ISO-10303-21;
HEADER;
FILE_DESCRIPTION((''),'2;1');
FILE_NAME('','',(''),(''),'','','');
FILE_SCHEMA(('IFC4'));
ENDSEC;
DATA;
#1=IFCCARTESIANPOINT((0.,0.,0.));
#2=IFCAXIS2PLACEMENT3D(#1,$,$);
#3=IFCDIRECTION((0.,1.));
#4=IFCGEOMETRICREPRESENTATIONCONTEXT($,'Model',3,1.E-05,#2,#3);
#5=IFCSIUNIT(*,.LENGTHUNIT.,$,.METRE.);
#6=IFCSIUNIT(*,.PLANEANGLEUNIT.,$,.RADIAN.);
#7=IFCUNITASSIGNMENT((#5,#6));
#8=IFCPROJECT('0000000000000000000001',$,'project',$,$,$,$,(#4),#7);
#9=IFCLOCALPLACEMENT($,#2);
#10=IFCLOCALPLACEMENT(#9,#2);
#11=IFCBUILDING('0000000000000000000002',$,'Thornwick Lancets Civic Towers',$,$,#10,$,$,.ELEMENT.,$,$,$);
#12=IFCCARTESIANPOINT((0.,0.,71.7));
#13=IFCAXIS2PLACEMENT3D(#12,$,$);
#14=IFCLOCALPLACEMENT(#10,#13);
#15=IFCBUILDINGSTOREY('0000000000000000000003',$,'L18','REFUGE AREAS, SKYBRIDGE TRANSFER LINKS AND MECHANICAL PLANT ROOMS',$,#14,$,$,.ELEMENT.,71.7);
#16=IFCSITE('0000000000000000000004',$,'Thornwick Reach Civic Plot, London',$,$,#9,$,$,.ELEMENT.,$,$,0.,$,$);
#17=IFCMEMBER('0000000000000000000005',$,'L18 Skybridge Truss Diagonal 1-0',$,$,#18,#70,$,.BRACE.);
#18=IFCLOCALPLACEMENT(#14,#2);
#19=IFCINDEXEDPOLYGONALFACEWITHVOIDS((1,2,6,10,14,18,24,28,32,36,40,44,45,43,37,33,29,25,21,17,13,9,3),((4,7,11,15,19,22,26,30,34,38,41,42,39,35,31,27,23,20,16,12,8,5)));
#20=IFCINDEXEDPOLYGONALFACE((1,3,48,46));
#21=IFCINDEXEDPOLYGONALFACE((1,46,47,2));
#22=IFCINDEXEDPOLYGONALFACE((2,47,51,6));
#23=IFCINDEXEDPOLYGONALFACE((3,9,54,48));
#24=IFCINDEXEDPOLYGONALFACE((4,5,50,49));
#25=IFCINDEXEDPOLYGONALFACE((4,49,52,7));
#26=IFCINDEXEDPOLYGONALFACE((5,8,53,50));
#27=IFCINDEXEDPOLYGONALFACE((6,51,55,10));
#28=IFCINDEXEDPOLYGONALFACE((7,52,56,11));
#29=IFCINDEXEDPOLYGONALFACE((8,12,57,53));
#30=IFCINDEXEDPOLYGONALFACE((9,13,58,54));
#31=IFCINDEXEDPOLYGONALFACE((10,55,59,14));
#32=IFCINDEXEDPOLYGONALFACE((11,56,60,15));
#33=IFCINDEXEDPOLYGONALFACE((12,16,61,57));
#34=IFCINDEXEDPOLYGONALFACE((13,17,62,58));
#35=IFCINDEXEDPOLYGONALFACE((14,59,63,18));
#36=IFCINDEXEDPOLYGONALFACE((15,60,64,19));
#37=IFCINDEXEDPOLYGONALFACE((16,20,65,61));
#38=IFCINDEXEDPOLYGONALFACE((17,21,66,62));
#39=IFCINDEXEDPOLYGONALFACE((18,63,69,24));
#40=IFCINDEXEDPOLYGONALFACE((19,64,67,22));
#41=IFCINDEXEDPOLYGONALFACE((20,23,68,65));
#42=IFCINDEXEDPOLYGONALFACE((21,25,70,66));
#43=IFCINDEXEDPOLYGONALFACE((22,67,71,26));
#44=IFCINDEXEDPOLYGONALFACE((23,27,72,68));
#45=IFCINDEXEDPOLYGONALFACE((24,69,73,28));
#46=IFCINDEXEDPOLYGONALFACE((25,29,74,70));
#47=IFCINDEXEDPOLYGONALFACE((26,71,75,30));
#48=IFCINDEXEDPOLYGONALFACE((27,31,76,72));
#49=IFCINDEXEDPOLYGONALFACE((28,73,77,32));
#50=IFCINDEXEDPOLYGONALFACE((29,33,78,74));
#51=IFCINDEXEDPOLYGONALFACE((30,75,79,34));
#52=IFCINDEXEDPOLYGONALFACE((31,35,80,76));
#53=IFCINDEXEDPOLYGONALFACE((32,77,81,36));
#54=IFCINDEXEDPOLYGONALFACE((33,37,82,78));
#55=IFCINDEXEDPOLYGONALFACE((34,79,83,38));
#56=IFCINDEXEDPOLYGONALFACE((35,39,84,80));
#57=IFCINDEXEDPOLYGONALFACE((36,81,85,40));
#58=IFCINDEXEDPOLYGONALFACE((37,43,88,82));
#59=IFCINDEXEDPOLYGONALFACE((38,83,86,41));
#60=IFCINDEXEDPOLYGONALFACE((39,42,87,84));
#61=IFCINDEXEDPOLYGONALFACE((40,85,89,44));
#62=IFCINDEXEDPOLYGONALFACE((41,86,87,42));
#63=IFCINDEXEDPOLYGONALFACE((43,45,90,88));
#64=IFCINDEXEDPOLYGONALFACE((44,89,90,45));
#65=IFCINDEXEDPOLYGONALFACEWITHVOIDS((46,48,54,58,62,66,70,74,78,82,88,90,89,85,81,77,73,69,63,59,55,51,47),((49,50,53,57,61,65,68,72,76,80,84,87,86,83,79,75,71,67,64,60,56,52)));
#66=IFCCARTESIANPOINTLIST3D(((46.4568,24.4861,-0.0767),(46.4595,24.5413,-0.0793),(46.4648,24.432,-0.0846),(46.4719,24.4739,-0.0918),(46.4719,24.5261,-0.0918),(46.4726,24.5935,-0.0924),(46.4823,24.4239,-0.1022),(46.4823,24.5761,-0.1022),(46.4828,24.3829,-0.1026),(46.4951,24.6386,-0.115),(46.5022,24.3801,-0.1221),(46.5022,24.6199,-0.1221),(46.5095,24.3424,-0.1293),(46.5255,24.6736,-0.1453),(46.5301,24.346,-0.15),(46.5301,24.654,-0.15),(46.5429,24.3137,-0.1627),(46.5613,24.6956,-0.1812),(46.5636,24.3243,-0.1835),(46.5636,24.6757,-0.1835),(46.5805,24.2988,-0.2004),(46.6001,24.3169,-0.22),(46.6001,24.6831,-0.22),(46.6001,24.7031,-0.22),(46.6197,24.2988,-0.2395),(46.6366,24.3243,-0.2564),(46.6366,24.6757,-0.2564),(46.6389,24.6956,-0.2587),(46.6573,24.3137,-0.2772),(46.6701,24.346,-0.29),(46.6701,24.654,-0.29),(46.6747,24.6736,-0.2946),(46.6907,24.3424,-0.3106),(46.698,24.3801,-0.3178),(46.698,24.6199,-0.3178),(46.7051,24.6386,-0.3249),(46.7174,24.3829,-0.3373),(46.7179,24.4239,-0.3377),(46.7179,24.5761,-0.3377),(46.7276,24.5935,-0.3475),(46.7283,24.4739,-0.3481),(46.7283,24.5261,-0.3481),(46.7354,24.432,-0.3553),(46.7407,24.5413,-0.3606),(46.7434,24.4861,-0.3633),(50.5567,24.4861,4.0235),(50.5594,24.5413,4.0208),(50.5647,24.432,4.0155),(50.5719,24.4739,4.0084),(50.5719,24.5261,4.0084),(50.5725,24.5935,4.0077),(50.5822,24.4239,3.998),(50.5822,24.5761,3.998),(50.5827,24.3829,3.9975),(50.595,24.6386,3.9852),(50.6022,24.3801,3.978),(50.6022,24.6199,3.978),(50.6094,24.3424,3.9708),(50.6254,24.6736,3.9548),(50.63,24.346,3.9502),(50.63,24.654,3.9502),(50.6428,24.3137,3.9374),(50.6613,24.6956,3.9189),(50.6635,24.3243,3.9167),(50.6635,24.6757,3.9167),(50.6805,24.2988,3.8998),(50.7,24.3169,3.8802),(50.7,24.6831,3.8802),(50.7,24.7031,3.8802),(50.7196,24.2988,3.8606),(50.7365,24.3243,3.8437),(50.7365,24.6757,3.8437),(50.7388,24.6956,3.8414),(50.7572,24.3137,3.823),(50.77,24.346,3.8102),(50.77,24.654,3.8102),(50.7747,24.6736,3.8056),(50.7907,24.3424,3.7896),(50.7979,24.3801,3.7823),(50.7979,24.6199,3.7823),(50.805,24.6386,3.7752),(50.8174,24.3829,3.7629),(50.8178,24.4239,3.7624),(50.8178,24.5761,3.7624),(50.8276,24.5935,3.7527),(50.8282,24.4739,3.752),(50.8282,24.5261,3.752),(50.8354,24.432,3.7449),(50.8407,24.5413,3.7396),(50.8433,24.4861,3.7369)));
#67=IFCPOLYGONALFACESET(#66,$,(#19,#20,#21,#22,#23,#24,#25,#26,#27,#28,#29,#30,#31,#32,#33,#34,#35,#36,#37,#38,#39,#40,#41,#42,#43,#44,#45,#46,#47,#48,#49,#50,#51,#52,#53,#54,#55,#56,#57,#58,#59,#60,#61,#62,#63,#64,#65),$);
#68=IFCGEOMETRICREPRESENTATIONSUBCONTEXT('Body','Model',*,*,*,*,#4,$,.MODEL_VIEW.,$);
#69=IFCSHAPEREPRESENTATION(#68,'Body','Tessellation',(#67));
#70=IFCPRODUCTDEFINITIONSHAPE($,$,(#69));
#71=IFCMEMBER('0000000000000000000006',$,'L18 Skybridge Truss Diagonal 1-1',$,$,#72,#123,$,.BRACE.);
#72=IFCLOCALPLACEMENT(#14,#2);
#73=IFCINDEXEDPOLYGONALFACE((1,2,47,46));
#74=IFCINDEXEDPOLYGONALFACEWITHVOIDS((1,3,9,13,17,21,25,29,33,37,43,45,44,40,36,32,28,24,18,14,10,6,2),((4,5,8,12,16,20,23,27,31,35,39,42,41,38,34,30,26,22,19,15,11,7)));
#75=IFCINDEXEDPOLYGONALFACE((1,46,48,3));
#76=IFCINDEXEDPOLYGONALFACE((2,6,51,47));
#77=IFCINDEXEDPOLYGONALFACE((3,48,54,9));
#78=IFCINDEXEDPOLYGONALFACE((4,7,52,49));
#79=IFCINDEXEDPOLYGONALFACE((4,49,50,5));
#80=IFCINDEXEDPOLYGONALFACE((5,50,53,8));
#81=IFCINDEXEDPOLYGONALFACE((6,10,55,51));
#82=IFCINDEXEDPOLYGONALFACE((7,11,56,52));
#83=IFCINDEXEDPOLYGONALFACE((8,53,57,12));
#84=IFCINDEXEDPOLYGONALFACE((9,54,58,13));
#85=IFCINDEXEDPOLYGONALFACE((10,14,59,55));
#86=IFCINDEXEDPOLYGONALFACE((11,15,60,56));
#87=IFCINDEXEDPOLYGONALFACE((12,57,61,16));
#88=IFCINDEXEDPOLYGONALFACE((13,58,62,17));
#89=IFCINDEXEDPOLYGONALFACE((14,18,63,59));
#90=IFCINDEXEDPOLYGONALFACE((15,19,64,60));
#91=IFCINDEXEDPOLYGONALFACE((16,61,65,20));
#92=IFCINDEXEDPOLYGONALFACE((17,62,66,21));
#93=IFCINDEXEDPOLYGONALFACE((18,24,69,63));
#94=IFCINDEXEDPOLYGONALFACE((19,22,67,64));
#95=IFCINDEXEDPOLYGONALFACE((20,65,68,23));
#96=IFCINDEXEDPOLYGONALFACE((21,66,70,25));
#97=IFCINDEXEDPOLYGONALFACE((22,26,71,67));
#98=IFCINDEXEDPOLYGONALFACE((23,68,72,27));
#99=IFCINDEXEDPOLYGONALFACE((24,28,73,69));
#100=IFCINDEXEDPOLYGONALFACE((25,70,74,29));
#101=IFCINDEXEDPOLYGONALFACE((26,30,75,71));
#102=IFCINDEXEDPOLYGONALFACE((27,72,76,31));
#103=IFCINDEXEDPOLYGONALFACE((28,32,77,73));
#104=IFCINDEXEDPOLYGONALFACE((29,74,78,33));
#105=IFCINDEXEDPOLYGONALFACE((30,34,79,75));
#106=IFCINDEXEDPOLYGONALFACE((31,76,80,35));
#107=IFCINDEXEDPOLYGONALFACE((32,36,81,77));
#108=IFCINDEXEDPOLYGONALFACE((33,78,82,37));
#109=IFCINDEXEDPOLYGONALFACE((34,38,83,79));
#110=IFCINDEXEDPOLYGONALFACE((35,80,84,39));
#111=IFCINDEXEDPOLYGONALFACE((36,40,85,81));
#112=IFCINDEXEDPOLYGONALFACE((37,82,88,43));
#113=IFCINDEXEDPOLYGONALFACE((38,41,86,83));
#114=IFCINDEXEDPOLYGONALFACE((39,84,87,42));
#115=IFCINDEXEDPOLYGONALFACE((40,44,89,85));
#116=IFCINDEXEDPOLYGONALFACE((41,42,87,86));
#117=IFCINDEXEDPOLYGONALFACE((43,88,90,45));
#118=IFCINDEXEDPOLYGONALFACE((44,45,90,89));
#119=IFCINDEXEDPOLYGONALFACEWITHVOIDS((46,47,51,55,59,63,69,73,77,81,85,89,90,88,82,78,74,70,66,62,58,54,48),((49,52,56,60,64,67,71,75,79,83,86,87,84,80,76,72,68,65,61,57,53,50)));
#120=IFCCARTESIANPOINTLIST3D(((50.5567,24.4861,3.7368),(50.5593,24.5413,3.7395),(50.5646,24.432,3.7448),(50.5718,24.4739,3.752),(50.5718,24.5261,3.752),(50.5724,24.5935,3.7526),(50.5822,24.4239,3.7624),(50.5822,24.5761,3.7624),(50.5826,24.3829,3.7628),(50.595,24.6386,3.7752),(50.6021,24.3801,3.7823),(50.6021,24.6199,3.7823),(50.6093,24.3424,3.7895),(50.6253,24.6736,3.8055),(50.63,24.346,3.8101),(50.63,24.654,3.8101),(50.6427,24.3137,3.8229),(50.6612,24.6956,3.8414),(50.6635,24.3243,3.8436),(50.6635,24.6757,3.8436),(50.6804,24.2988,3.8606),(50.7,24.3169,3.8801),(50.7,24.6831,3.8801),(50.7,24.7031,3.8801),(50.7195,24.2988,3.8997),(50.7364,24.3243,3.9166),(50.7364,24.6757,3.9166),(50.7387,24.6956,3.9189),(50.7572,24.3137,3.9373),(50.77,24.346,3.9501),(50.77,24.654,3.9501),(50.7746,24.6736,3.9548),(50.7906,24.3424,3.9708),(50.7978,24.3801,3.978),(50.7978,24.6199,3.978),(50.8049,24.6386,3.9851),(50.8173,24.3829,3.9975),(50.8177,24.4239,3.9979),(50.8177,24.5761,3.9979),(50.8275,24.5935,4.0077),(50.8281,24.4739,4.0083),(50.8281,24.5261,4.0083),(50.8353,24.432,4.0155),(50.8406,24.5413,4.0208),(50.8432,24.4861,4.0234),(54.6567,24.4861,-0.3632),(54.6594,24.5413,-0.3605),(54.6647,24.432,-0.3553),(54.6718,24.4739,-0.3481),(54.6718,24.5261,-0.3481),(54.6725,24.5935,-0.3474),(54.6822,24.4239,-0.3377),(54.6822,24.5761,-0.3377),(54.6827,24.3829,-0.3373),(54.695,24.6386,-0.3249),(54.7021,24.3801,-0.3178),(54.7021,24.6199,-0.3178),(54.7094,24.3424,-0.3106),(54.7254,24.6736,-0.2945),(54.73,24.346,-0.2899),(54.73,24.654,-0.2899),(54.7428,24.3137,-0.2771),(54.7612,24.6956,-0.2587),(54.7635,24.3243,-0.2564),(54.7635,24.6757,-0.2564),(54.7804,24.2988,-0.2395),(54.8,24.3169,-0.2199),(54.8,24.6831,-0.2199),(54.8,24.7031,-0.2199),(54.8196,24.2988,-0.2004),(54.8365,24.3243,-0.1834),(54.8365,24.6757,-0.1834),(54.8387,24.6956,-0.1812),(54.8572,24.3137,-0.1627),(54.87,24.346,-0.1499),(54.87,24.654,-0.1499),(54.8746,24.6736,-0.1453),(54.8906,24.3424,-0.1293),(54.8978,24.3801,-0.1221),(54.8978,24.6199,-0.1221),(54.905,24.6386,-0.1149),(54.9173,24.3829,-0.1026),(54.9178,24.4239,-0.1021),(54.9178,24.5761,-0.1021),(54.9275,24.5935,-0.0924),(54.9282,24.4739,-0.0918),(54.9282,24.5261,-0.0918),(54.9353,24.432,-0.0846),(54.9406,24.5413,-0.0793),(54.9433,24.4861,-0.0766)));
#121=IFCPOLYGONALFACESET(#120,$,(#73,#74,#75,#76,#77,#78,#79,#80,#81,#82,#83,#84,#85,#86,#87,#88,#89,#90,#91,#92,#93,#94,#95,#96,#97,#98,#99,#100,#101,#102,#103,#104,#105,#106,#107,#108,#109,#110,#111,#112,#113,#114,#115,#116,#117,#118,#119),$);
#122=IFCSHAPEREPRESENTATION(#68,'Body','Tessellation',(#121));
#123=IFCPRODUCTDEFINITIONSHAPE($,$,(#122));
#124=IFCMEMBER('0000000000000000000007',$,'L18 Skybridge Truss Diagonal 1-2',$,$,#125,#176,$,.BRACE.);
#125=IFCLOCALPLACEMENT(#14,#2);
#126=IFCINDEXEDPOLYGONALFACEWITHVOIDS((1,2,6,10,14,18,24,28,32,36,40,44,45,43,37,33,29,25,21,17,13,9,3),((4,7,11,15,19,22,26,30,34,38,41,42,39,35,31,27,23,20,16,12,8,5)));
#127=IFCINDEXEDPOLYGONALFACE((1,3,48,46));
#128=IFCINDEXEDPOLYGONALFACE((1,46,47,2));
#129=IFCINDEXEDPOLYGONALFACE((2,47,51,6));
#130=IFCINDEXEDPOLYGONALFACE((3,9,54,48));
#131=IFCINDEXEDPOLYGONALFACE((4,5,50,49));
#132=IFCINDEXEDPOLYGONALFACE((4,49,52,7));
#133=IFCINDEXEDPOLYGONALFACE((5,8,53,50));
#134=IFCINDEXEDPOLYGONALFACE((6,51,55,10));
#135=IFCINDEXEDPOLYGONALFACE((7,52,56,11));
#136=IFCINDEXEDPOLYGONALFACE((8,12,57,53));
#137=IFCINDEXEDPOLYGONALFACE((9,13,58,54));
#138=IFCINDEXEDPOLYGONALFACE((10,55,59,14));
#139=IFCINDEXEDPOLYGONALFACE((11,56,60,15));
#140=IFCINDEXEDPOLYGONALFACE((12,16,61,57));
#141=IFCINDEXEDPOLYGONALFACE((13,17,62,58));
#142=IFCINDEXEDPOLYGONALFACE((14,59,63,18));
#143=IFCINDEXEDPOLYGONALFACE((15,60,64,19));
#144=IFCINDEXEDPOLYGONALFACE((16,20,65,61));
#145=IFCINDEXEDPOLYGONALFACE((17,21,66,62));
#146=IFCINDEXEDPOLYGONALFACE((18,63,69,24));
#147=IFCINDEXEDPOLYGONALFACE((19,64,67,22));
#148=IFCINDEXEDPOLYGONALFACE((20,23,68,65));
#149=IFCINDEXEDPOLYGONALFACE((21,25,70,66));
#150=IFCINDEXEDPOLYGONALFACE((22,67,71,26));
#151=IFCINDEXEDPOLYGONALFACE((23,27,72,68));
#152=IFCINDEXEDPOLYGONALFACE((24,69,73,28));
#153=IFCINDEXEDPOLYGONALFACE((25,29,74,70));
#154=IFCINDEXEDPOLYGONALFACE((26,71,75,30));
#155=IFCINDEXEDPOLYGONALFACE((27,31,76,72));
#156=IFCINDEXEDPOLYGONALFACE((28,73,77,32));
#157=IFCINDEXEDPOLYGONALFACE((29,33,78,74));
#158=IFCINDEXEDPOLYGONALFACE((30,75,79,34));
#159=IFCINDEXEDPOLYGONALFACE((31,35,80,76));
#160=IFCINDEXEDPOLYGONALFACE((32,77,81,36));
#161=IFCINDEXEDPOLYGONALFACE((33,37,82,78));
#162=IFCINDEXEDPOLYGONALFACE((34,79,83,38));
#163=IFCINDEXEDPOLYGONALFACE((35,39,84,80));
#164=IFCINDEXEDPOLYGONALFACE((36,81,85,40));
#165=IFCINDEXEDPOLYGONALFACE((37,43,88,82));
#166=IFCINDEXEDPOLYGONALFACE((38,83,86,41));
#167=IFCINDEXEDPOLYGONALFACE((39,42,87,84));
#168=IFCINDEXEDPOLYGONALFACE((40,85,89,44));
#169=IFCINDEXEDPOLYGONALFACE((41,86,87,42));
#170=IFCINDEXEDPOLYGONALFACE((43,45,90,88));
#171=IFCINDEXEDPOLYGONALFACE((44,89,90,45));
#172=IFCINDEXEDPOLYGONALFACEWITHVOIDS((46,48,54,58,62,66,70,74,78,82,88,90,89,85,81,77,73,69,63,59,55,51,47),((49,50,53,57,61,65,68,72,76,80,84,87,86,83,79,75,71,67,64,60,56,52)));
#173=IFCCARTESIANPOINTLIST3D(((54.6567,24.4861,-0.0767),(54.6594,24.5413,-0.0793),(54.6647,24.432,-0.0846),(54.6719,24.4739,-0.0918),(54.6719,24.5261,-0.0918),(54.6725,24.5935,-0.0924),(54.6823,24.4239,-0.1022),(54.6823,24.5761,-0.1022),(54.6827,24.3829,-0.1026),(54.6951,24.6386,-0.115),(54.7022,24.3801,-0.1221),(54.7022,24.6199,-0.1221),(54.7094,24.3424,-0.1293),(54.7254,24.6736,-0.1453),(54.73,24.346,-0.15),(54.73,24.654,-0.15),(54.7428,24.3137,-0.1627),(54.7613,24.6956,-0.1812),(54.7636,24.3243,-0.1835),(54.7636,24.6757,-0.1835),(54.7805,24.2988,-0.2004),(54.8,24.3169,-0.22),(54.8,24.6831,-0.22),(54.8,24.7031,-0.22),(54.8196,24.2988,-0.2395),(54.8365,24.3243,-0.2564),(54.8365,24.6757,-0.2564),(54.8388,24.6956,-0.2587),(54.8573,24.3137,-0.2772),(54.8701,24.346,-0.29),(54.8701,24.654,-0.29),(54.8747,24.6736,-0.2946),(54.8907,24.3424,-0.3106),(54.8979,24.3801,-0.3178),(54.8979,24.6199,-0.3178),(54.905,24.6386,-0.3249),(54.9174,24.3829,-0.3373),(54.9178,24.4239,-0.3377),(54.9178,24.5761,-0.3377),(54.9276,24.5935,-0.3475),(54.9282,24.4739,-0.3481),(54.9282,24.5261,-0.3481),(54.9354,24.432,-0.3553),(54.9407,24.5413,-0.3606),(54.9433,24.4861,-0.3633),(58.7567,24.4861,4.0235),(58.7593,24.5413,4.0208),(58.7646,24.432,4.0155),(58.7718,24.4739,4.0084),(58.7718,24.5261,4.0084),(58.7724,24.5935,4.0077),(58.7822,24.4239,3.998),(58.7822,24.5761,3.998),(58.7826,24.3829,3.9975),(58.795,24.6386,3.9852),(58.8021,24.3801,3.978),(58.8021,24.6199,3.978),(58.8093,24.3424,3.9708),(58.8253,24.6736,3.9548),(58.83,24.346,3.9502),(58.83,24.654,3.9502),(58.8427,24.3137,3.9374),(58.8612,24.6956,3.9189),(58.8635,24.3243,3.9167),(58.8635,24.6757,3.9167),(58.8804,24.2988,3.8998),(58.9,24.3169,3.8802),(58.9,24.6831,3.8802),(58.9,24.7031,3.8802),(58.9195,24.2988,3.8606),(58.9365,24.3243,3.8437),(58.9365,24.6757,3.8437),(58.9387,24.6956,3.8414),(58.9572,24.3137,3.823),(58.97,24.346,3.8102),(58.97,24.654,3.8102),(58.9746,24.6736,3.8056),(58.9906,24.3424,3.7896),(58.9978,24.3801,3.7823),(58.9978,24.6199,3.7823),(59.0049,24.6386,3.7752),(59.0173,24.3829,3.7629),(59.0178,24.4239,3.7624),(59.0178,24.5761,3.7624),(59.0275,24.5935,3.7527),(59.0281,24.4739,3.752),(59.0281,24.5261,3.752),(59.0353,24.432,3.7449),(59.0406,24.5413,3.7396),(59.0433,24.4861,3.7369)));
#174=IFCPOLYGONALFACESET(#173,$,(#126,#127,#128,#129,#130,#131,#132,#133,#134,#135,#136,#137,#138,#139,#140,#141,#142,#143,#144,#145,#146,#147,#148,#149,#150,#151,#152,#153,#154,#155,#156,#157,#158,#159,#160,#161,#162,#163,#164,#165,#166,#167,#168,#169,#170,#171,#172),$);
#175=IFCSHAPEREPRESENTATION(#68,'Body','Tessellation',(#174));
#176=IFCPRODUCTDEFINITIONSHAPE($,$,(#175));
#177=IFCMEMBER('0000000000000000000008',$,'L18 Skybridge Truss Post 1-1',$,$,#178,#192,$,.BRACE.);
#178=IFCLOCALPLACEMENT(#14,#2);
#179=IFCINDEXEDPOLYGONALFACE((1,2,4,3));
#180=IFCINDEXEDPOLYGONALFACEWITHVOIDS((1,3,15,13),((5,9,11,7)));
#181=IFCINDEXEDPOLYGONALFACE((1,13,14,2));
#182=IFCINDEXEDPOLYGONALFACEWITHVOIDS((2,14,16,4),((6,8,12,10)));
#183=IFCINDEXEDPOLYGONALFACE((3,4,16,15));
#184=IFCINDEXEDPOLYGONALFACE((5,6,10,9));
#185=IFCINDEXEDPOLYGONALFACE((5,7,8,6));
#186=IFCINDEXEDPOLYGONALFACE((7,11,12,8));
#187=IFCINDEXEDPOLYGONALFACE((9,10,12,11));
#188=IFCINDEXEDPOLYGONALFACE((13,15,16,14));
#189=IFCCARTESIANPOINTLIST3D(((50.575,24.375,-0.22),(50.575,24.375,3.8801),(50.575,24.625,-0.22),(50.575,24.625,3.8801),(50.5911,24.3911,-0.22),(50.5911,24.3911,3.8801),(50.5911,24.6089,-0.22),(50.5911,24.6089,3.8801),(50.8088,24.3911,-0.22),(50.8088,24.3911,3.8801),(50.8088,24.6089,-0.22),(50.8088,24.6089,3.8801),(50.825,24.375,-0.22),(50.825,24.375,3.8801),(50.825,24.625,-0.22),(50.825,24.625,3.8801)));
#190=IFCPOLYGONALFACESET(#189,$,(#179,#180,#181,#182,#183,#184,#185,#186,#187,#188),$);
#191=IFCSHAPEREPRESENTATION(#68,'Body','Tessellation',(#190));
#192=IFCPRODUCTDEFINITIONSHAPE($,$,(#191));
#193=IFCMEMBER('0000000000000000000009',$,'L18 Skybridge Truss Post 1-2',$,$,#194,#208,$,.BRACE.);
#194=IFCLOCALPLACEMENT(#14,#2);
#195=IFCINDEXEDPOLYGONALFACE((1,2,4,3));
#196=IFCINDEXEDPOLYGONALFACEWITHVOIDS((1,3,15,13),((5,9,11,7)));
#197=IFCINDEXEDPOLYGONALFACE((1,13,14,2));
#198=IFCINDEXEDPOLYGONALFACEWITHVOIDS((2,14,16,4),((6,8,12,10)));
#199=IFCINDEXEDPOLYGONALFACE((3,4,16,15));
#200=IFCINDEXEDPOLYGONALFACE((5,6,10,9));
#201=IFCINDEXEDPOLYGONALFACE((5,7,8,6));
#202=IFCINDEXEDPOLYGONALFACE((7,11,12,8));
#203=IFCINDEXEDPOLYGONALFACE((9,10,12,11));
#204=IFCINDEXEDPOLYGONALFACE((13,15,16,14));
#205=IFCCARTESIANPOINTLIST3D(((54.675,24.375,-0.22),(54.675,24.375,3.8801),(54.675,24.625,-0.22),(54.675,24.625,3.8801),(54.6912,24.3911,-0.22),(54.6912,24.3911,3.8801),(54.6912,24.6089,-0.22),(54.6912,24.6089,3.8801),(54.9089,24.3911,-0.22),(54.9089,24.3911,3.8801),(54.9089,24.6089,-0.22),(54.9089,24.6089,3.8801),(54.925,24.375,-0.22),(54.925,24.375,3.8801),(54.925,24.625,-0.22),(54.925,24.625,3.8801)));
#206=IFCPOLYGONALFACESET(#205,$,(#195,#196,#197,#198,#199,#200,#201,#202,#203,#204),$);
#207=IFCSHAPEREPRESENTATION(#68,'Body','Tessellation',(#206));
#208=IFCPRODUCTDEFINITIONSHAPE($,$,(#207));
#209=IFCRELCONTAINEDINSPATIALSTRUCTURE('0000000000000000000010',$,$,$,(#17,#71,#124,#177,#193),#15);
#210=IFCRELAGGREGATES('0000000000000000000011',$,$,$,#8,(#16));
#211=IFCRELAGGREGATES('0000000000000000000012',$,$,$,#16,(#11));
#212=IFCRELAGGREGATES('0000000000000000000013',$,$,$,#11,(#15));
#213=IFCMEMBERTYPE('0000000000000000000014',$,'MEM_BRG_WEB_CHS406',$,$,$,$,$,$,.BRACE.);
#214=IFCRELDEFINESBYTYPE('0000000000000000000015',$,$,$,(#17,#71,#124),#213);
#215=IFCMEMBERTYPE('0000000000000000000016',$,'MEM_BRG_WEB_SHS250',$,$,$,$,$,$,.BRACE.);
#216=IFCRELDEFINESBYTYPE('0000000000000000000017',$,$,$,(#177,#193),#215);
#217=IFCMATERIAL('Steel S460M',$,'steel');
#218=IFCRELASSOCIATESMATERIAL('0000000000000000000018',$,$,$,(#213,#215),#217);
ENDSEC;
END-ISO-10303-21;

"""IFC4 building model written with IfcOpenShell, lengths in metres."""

from ifc_helpers import new_model, si_unit, direction, frame, origin, origin_2d, place, context, subcontext, project, spatial, hollow_rectangle, hollow_circle, extrude, material, material_profile, profile_set, type_object, element, save


model = new_model("IFC4")

# Units and contexts
model_context = context("Model", 3, precision=1e-05, world=origin(), true_north=direction((0.0, 1.0)))
body_context = subcontext(model_context, "Body", "Model", "MODEL_VIEW")
ifc_project = project(units=[si_unit("LENGTHUNIT", "METRE"), si_unit("PLANEANGLEUNIT", "RADIAN")], contexts=[model_context])

# Site, building, storey
site_placement = place(None, origin())
site = spatial("IfcSite", under=ifc_project, at=site_placement, Name="Thornwick Reach Civic Plot, London", CompositionType="ELEMENT", RefElevation=0.0)
building_placement = place(site_placement, origin())
building = spatial("IfcBuilding", under=site, at=building_placement, Name="Thornwick Lancets Civic Towers", CompositionType="ELEMENT")
storey_placement = place(building_placement, frame((0.0, 0.0, 71.7)))
storey = spatial("IfcBuildingStorey", under=building, at=storey_placement, Name="L18", Description="REFUGE AREAS, SKYBRIDGE TRANSFER LINKS AND MECHANICAL PLANT ROOMS", CompositionType="ELEMENT", Elevation=71.7)

# Members
ifc_material_1 = material(Name="Steel S460M", Category="steel")
ifc_material_profile_1 = material_profile(ifc_material_1, hollow_circle(Radius=0.2031, WallThickness=0.02, at=origin_2d()), Name="CHS 406.4x20")
ifc_profile_set_1 = profile_set([ifc_material_profile_1], Name="Steel S460M")
member_type_1 = type_object("IfcMemberType", Name="MEM_BRG_WEB_CHS406", PredefinedType="BRACE", material=ifc_profile_set_1)
for number, where, z_axis, x_axis, name in (
    (1, (46.6001, 24.5, -0.22), (0.707086, 0.0, 0.707128), (0.0, 1.0, 0.0), "L18 Skybridge Truss Diagonal 1-0"),
    (2, (50.7, 24.5, 3.8801), (0.707107, 0.0, -0.707107), (0.0, 1.0, 0.0), "L18 Skybridge Truss Diagonal 1-1"),
    (3, (54.8, 24.5, -0.22), (0.707086, 0.0, 0.707128), (0.0, 1.0, 0.0), "L18 Skybridge Truss Diagonal 1-2"),
):
    element("IfcMember", number, at=place(storey_placement, frame(where, z_axis=z_axis, x_axis=x_axis)), inside=storey, type_object=member_type_1, Name=name, PredefinedType="BRACE", context=body_context, shape_type="SweptSolid", body=[
        extrude(hollow_circle(Radius=0.2031, WallThickness=0.02, at=origin_2d()), origin(), (0.0, 0.0, 1.0), 5.7983),
    ])
ifc_material_profile_2 = material_profile(ifc_material_1, hollow_rectangle(XDim=0.25, YDim=0.25, WallThickness=0.0161, at=origin_2d()), Name="SHS 250x250x16")
ifc_profile_set_2 = profile_set([ifc_material_profile_2], Name="Steel S460M")
member_type_2 = type_object("IfcMemberType", Name="MEM_BRG_WEB_SHS250", PredefinedType="BRACE", material=ifc_profile_set_2)
for number, where, z_axis, x_axis, name in (
    (4, (50.7, 24.5, -0.22), (0.0, 0.0, 1.0), (1.0, 0.0, 0.0), "L18 Skybridge Truss Post 1-1"),
    (5, (54.8, 24.5, -0.22), (0.0, 0.0, 1.0), (1.0, 0.0, 0.0), "L18 Skybridge Truss Post 1-2"),
):
    element("IfcMember", number, at=place(storey_placement, frame(where, z_axis=z_axis, x_axis=x_axis)), inside=storey, type_object=member_type_2, Name=name, PredefinedType="BRACE", context=body_context, shape_type="SweptSolid", body=[
        extrude(hollow_rectangle(XDim=0.25, YDim=0.25, WallThickness=0.0161, at=origin_2d()), origin(), (0.0, 0.0, 1.0), 4.1001),
    ])

save(model, "model.ifc")
